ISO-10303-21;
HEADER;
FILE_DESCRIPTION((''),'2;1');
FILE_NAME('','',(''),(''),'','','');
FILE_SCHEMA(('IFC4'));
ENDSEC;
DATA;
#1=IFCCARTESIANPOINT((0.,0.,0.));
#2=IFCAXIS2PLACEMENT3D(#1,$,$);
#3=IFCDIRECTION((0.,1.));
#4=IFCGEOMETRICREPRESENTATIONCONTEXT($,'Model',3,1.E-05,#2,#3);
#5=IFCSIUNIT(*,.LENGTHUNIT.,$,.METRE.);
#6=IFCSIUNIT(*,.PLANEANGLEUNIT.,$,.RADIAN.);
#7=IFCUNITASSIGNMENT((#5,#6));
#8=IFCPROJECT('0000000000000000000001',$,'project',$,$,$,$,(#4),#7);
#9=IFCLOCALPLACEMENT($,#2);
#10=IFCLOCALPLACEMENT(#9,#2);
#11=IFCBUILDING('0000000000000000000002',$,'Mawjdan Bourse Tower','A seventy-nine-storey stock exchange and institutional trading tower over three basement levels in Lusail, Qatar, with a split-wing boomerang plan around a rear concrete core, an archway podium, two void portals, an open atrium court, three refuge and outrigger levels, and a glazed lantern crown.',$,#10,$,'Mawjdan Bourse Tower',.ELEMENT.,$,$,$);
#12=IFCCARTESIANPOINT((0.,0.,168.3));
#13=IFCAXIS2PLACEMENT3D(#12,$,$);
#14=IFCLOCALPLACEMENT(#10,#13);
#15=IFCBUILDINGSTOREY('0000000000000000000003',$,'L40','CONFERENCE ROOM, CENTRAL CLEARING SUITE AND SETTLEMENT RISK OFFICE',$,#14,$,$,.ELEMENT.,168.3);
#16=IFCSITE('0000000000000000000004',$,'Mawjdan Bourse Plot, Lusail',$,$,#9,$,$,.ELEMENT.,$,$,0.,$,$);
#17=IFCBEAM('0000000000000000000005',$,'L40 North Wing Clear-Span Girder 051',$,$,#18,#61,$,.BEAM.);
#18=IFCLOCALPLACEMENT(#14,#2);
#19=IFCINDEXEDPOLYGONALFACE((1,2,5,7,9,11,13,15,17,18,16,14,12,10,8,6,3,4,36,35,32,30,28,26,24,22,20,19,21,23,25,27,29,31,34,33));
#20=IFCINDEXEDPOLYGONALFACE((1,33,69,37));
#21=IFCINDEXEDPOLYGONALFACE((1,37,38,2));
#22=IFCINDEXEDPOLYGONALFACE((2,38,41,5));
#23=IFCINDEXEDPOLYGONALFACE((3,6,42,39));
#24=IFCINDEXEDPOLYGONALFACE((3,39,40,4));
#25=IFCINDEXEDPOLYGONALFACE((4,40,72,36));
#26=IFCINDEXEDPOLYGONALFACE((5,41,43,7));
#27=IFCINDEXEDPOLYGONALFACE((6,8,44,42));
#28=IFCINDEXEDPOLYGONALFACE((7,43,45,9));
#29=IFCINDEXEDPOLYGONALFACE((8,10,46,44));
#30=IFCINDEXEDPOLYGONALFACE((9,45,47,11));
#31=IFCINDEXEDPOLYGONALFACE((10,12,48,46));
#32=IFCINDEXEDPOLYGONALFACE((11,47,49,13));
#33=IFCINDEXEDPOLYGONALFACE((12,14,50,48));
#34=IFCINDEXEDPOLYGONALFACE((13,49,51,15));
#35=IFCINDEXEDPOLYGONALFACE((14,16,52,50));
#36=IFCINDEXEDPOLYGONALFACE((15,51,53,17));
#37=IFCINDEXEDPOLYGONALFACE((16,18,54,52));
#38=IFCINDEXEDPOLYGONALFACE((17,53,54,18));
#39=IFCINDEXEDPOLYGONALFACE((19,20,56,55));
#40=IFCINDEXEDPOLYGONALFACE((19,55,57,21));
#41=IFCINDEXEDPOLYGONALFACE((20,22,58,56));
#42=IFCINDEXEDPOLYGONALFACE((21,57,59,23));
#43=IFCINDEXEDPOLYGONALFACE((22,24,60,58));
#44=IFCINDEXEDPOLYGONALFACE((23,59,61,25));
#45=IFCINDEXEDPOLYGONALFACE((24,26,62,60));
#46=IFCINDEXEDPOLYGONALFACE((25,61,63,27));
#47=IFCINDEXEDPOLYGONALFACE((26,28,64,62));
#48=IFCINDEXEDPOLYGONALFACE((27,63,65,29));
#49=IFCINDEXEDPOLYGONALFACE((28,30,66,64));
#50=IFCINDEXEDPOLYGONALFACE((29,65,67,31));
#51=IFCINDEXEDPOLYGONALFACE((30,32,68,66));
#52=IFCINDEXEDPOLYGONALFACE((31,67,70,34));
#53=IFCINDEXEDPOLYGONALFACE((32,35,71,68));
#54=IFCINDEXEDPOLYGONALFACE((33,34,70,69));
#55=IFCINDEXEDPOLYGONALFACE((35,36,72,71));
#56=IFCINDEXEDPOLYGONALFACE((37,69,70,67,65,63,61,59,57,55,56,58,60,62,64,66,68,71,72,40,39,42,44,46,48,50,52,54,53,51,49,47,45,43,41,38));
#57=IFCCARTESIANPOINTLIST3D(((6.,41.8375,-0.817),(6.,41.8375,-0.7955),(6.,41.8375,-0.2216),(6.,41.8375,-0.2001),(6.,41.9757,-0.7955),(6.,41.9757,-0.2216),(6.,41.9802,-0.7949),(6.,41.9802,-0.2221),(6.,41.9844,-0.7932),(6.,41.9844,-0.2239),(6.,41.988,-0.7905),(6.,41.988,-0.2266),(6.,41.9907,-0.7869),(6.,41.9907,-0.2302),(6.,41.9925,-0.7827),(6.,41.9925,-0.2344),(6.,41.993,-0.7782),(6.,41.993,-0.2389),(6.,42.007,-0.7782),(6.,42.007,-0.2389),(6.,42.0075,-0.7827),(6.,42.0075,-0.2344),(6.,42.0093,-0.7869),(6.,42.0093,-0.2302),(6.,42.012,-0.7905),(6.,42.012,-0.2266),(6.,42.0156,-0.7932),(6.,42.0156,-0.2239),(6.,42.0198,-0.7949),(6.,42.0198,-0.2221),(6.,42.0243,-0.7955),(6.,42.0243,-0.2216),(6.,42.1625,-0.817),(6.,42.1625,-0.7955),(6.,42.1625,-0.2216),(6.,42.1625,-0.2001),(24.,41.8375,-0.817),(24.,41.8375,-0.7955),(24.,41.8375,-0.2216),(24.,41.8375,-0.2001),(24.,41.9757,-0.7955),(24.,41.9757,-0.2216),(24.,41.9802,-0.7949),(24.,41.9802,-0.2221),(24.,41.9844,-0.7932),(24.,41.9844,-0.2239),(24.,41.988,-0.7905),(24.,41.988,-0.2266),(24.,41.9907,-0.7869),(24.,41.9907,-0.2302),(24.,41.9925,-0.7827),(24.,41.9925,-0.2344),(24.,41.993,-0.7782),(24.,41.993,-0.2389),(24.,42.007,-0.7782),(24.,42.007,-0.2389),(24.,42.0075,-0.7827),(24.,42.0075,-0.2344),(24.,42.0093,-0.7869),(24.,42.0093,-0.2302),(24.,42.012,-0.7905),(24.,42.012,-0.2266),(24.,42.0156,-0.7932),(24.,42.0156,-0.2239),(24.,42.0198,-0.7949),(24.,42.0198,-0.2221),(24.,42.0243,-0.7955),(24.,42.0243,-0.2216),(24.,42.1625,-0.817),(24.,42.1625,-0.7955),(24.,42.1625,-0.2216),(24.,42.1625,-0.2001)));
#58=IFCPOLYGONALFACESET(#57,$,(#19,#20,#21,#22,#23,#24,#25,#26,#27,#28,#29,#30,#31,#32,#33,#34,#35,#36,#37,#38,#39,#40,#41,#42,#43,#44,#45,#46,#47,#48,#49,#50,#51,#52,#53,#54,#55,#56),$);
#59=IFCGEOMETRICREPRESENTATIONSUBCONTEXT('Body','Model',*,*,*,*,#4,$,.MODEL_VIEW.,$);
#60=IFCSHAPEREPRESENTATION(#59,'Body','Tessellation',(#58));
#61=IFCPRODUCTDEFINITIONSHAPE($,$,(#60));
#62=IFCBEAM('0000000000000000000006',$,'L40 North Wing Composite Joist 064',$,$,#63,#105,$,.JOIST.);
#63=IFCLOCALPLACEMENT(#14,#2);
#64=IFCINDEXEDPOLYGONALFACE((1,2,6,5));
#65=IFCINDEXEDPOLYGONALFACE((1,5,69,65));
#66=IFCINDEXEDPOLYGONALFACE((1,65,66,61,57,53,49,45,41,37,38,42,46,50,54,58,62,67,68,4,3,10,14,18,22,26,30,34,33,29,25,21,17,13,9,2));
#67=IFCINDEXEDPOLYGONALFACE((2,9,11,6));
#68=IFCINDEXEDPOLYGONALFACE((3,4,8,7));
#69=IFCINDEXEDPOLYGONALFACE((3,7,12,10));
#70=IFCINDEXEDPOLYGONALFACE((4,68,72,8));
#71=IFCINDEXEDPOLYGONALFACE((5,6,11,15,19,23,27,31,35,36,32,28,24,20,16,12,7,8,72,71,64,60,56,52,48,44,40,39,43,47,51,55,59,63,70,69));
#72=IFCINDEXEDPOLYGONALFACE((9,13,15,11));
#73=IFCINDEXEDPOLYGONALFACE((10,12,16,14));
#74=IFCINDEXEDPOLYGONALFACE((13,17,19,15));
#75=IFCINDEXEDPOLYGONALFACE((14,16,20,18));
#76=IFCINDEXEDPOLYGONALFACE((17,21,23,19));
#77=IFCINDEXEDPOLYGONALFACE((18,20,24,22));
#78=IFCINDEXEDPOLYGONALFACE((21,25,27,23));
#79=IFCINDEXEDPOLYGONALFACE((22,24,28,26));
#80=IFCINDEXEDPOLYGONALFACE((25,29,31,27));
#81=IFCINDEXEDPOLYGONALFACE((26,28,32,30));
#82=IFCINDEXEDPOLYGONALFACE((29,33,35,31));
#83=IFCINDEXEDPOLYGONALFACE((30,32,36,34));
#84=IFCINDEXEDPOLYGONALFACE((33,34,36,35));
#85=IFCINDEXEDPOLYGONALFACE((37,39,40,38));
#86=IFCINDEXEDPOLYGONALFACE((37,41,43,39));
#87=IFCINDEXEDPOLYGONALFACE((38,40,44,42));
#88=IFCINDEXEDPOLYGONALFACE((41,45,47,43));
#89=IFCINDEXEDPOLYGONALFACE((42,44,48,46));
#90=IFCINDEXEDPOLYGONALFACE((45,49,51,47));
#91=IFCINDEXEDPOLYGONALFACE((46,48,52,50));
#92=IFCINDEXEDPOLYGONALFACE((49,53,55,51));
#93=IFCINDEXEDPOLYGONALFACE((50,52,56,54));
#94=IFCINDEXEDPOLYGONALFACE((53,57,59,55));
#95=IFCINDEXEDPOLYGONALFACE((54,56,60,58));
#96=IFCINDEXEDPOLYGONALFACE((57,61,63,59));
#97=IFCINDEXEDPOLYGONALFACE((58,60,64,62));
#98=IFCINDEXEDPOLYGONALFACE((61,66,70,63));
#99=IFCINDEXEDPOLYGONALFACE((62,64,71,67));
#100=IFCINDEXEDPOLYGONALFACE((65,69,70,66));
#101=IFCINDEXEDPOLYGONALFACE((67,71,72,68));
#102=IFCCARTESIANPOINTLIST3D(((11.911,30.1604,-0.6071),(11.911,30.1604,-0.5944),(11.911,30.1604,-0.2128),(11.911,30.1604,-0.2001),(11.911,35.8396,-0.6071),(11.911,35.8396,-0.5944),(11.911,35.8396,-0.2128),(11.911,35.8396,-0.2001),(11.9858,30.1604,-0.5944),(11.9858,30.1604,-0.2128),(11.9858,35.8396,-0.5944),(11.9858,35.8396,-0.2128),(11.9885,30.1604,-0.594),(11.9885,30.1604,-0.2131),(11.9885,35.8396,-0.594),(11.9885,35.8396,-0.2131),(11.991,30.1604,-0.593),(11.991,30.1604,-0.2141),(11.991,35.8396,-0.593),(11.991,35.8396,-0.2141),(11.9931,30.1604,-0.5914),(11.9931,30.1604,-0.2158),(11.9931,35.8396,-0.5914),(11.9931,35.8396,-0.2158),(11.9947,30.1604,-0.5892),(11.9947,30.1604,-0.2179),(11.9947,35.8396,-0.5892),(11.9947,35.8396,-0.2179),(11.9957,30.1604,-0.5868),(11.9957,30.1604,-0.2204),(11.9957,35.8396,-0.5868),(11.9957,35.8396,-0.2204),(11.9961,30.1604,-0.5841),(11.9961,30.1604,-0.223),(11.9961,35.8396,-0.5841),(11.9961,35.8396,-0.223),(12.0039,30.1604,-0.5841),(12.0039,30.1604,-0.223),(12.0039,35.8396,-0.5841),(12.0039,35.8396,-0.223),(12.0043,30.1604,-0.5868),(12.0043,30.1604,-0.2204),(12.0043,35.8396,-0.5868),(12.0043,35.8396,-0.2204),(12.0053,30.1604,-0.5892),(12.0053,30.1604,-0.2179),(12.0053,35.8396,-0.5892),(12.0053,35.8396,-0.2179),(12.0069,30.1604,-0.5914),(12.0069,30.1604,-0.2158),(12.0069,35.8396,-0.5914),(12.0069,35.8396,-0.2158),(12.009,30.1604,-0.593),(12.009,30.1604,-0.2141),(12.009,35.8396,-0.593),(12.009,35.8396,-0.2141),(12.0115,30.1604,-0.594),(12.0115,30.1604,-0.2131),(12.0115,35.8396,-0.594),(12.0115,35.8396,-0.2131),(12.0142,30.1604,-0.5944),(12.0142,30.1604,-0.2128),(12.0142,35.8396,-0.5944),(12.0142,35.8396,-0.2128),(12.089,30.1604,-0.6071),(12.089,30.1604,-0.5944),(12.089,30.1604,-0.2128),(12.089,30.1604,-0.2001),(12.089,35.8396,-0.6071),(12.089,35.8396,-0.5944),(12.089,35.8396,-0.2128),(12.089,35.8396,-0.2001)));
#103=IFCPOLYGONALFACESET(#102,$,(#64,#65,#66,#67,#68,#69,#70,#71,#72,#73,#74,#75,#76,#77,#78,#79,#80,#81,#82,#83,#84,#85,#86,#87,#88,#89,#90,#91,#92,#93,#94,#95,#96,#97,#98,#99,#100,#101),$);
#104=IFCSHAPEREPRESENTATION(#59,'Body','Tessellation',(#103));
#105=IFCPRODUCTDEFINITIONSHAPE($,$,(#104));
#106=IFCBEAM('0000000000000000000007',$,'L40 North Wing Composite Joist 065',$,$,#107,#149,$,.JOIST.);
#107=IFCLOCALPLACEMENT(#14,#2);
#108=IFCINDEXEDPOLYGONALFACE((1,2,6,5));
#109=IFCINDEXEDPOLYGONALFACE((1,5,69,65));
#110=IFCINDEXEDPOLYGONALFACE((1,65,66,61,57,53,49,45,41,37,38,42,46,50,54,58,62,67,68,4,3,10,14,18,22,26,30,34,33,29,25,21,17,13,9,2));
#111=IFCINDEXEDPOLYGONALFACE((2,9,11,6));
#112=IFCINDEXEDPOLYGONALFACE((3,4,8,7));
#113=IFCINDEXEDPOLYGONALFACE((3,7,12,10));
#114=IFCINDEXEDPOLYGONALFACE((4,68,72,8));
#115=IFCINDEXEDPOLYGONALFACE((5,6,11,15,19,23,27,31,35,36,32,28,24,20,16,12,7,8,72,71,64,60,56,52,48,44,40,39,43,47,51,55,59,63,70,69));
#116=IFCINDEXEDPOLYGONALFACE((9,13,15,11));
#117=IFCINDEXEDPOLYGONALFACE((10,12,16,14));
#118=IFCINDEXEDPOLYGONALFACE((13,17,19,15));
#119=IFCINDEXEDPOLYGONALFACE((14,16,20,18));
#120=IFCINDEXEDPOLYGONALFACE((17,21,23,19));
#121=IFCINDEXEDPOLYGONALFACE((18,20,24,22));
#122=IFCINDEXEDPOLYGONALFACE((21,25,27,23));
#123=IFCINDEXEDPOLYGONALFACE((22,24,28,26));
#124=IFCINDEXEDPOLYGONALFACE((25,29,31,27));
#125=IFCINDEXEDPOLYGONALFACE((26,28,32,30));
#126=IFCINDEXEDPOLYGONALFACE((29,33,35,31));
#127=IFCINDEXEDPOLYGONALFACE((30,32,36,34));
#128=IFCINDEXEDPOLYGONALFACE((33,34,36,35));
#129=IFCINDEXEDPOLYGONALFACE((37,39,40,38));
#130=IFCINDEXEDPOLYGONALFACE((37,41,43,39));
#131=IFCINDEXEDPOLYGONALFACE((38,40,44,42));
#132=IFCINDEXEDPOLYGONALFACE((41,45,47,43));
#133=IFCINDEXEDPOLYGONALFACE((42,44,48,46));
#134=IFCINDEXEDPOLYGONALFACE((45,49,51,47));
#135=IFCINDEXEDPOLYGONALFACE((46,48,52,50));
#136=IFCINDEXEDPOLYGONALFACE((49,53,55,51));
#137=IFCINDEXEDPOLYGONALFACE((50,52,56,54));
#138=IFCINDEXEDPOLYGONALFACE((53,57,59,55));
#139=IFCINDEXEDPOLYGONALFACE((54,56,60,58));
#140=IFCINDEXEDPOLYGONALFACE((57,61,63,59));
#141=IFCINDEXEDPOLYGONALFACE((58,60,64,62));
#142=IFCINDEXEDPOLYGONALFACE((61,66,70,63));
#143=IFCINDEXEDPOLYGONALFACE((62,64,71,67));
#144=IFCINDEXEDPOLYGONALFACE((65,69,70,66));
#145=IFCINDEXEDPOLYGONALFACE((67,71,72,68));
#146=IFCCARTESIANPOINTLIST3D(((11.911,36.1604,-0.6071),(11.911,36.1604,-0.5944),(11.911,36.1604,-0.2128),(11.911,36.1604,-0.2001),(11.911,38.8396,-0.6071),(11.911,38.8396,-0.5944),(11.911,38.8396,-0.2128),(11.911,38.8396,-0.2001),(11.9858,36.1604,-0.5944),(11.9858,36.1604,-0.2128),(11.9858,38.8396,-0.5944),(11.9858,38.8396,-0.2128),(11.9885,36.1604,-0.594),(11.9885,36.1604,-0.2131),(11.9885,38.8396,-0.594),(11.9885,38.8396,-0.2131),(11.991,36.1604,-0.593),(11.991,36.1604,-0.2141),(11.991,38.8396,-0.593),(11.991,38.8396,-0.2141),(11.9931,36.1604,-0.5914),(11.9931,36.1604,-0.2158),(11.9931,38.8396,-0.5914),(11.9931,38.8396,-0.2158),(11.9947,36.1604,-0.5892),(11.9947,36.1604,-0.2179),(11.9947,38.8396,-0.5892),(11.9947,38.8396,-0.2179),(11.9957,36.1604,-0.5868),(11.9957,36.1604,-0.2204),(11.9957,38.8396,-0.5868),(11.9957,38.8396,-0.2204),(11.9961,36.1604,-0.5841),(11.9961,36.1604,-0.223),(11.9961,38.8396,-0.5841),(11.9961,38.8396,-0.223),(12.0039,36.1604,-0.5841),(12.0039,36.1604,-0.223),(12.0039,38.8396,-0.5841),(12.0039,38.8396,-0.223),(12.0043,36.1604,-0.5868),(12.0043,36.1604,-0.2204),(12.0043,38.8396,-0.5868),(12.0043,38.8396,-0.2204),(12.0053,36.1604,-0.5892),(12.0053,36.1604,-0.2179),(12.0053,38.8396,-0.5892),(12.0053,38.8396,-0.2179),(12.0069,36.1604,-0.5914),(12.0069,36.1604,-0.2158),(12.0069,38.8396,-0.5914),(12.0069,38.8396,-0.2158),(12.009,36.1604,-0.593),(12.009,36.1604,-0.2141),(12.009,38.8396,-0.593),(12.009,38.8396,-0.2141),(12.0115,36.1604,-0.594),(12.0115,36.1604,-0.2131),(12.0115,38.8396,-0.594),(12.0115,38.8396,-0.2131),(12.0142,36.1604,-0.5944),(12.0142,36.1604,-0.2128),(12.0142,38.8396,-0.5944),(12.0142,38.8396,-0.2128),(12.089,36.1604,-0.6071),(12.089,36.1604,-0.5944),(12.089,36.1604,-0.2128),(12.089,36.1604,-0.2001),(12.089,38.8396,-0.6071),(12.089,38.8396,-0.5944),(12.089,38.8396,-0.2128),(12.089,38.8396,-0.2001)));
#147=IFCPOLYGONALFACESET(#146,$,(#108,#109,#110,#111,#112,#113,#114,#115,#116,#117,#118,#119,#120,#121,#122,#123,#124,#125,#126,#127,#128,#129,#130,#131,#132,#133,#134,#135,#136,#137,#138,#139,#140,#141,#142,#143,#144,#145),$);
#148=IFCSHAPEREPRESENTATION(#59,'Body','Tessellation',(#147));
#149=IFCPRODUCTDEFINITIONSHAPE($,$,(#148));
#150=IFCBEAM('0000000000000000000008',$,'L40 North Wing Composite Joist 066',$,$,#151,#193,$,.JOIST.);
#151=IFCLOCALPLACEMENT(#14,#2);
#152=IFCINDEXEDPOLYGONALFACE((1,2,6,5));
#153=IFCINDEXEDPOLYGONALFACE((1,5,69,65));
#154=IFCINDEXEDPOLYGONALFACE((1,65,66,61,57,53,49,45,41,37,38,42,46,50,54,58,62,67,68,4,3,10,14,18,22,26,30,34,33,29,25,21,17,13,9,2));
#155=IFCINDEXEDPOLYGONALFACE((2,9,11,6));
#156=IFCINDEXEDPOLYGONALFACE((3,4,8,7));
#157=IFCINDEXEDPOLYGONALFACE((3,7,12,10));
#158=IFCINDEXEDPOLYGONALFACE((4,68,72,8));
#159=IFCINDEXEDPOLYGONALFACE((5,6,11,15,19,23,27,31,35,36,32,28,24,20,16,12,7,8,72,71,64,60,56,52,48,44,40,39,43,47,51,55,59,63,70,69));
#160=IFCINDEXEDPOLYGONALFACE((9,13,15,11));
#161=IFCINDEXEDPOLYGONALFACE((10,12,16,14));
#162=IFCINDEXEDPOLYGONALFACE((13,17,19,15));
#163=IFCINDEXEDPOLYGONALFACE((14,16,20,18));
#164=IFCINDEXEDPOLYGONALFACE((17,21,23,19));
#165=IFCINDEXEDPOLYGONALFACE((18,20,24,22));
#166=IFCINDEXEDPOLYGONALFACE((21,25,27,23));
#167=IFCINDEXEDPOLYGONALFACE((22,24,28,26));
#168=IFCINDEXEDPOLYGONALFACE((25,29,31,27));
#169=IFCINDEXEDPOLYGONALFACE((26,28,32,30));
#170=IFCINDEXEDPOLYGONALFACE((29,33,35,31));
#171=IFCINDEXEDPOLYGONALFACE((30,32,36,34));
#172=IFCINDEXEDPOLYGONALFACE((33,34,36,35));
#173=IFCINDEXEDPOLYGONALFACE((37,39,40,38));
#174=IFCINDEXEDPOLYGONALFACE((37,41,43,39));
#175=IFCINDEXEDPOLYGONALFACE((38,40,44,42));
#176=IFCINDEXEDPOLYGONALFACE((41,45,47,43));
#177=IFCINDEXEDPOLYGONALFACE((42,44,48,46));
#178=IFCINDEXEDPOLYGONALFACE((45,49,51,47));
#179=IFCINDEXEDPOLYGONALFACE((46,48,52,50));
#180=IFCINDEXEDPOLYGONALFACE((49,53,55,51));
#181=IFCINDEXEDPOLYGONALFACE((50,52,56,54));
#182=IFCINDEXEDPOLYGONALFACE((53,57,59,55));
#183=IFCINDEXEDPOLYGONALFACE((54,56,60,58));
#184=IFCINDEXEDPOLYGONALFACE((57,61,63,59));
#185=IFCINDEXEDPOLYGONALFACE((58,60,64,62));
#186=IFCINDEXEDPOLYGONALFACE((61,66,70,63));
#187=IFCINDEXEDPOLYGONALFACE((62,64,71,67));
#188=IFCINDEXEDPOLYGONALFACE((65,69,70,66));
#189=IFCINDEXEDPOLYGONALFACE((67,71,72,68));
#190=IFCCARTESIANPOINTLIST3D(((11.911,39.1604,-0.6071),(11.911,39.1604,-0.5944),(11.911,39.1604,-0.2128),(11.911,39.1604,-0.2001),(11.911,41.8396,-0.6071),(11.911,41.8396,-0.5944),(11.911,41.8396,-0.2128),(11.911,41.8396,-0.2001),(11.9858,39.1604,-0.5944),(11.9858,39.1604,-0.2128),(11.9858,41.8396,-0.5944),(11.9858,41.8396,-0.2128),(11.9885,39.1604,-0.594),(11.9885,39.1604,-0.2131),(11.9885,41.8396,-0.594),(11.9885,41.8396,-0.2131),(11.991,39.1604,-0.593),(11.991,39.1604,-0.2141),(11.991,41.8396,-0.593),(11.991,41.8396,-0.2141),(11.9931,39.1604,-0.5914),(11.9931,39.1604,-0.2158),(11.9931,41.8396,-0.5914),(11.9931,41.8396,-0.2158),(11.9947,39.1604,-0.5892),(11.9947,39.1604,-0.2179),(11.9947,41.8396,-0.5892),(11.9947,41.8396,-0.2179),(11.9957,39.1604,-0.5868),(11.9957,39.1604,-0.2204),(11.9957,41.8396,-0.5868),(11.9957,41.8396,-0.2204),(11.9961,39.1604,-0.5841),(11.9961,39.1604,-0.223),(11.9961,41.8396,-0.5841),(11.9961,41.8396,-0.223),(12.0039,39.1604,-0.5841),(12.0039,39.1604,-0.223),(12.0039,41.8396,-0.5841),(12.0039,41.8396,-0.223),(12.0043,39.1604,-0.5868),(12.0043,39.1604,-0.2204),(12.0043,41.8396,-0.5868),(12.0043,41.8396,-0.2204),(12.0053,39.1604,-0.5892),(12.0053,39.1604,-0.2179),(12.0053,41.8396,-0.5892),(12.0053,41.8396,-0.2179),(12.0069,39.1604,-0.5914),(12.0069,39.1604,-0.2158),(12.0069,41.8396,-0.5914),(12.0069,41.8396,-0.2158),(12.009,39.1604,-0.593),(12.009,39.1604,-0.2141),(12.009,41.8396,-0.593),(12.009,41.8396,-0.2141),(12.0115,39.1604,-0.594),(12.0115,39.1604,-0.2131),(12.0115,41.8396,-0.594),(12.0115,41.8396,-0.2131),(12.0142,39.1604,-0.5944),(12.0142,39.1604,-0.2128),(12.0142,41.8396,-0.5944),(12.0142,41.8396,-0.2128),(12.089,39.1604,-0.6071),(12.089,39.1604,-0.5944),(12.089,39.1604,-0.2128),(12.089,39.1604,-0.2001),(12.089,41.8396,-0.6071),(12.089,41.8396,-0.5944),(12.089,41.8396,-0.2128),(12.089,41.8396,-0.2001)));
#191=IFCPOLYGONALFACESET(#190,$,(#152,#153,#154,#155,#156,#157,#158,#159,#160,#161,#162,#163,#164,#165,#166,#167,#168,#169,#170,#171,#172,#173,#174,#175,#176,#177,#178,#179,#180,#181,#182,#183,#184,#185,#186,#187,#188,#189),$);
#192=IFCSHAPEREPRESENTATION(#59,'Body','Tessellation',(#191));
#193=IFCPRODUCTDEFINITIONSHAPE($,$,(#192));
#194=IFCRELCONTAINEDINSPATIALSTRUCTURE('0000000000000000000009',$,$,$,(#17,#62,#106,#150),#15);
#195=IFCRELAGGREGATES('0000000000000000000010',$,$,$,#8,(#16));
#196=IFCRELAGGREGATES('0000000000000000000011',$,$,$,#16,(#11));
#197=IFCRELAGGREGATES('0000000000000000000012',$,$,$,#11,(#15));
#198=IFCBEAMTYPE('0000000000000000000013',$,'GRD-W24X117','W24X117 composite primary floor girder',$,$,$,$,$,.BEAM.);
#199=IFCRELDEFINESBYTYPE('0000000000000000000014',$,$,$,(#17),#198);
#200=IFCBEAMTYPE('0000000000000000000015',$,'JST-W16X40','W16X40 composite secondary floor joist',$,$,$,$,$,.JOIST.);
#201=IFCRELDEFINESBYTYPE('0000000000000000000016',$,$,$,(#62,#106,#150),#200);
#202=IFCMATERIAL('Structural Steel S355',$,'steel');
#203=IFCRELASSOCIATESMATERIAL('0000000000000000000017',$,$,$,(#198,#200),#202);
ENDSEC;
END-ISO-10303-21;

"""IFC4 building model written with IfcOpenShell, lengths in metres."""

from ifc_helpers import new_model, si_unit, direction, frame, origin, origin_2d, place, context, subcontext, project, spatial, i_section, extrude, material, material_profile, profile_set, type_object, element, save


model = new_model("IFC4")

# Units and contexts
model_context = context("Model", 3, precision=1e-05, world=origin(), true_north=direction((0.0, 1.0)))
body_context = subcontext(model_context, "Body", "Model", "MODEL_VIEW")
ifc_project = project(units=[si_unit("LENGTHUNIT", "METRE"), si_unit("PLANEANGLEUNIT", "RADIAN")], contexts=[model_context])

# Site, building, storey
site_placement = place(None, origin())
site = spatial("IfcSite", under=ifc_project, at=site_placement, Name="Mawjdan Bourse Plot, Lusail", CompositionType="ELEMENT", RefElevation=0.0)
building_placement = place(site_placement, origin())
building = spatial("IfcBuilding", under=site, at=building_placement, Name="Mawjdan Bourse Tower", Description="A seventy-nine-storey stock exchange and institutional trading tower over three basement levels in Lusail, Qatar, with a split-wing boomerang plan around a rear concrete core, an archway podium, two void portals, an open atrium court, three refuge and outrigger levels, and a glazed lantern crown.", LongName="Mawjdan Bourse Tower", CompositionType="ELEMENT")
storey_placement = place(building_placement, frame((0.0, 0.0, 168.3)))
storey = spatial("IfcBuildingStorey", under=building, at=storey_placement, Name="L40", Description="CONFERENCE ROOM, CENTRAL CLEARING SUITE AND SETTLEMENT RISK OFFICE", CompositionType="ELEMENT", Elevation=168.3)

# Beams
ifc_material_1 = material(Name="Structural Steel S355", Category="steel")
ifc_material_profile_1 = material_profile(ifc_material_1, i_section(OverallWidth=0.325, OverallDepth=0.6169, WebThickness=0.0139, FlangeThickness=0.0215, FilletRadius=0.0173, at=origin_2d()), Name="W24X117")
ifc_profile_set_1 = profile_set([ifc_material_profile_1], Name="Structural Steel S355")
beam_type_1 = type_object("IfcBeamType", Name="GRD-W24X117", Description="W24X117 composite primary floor girder", PredefinedType="BEAM", material=ifc_profile_set_1)
for number, where, z_axis, x_axis, name in (
    (1, (6.0, 42.0, -0.5085), (1.0, 0.0, 0.0), (0.0, 1.0, 0.0), "L40 North Wing Clear-Span Girder 051"),
):
    element("IfcBeam", number, at=place(storey_placement, frame(where, z_axis=z_axis, x_axis=x_axis)), inside=storey, type_object=beam_type_1, Name=name, PredefinedType="BEAM", context=body_context, shape_type="SweptSolid", body=[
        extrude(i_section(OverallWidth=0.325, OverallDepth=0.6169, WebThickness=0.0139, FlangeThickness=0.0215, FilletRadius=0.0173, at=origin_2d()), origin(), (0.0, 0.0, 1.0), 18.0),
    ])
ifc_material_profile_2 = material_profile(ifc_material_1, i_section(OverallWidth=0.178, OverallDepth=0.407, WebThickness=0.0078, FlangeThickness=0.0127, FilletRadius=0.0103, at=origin_2d()), Name="W16X40")
ifc_profile_set_2 = profile_set([ifc_material_profile_2], Name="Structural Steel S355")
beam_type_2 = type_object("IfcBeamType", Name="JST-W16X40", Description="W16X40 composite secondary floor joist", PredefinedType="JOIST", material=ifc_profile_set_2)
beam_1_placement = place(storey_placement, frame((12.0, 30.1604, -0.4036), z_axis=(0.0, 1.0, 0.0), x_axis=(-1.0, 0.0, 0.0)))
element("IfcBeam", 2, at=beam_1_placement, inside=storey, type_object=beam_type_2, Name="L40 North Wing Composite Joist 064", PredefinedType="JOIST", context=body_context, shape_type="SweptSolid", body=[
    extrude(i_section(OverallWidth=0.178, OverallDepth=0.407, WebThickness=0.0078, FlangeThickness=0.0127, FilletRadius=0.0103, at=origin_2d()), origin(), (0.0, 0.0, 1.0), 5.6792),
])
for number, where, z_axis, x_axis, name in (
    (3, (12.0, 36.1604, -0.4036), (0.0, 1.0, 0.0), (-1.0, 0.0, 0.0), "L40 North Wing Composite Joist 065"),
    (4, (12.0, 39.1604, -0.4036), (0.0, 1.0, 0.0), (-1.0, 0.0, 0.0), "L40 North Wing Composite Joist 066"),
):
    element("IfcBeam", number, at=place(storey_placement, frame(where, z_axis=z_axis, x_axis=x_axis)), inside=storey, type_object=beam_type_2, Name=name, PredefinedType="JOIST", context=body_context, shape_type="SweptSolid", body=[
        extrude(i_section(OverallWidth=0.178, OverallDepth=0.407, WebThickness=0.0078, FlangeThickness=0.0127, FilletRadius=0.0103, at=origin_2d()), origin(), (0.0, 0.0, 1.0), 2.6792),
    ])

save(model, "model.ifc")
